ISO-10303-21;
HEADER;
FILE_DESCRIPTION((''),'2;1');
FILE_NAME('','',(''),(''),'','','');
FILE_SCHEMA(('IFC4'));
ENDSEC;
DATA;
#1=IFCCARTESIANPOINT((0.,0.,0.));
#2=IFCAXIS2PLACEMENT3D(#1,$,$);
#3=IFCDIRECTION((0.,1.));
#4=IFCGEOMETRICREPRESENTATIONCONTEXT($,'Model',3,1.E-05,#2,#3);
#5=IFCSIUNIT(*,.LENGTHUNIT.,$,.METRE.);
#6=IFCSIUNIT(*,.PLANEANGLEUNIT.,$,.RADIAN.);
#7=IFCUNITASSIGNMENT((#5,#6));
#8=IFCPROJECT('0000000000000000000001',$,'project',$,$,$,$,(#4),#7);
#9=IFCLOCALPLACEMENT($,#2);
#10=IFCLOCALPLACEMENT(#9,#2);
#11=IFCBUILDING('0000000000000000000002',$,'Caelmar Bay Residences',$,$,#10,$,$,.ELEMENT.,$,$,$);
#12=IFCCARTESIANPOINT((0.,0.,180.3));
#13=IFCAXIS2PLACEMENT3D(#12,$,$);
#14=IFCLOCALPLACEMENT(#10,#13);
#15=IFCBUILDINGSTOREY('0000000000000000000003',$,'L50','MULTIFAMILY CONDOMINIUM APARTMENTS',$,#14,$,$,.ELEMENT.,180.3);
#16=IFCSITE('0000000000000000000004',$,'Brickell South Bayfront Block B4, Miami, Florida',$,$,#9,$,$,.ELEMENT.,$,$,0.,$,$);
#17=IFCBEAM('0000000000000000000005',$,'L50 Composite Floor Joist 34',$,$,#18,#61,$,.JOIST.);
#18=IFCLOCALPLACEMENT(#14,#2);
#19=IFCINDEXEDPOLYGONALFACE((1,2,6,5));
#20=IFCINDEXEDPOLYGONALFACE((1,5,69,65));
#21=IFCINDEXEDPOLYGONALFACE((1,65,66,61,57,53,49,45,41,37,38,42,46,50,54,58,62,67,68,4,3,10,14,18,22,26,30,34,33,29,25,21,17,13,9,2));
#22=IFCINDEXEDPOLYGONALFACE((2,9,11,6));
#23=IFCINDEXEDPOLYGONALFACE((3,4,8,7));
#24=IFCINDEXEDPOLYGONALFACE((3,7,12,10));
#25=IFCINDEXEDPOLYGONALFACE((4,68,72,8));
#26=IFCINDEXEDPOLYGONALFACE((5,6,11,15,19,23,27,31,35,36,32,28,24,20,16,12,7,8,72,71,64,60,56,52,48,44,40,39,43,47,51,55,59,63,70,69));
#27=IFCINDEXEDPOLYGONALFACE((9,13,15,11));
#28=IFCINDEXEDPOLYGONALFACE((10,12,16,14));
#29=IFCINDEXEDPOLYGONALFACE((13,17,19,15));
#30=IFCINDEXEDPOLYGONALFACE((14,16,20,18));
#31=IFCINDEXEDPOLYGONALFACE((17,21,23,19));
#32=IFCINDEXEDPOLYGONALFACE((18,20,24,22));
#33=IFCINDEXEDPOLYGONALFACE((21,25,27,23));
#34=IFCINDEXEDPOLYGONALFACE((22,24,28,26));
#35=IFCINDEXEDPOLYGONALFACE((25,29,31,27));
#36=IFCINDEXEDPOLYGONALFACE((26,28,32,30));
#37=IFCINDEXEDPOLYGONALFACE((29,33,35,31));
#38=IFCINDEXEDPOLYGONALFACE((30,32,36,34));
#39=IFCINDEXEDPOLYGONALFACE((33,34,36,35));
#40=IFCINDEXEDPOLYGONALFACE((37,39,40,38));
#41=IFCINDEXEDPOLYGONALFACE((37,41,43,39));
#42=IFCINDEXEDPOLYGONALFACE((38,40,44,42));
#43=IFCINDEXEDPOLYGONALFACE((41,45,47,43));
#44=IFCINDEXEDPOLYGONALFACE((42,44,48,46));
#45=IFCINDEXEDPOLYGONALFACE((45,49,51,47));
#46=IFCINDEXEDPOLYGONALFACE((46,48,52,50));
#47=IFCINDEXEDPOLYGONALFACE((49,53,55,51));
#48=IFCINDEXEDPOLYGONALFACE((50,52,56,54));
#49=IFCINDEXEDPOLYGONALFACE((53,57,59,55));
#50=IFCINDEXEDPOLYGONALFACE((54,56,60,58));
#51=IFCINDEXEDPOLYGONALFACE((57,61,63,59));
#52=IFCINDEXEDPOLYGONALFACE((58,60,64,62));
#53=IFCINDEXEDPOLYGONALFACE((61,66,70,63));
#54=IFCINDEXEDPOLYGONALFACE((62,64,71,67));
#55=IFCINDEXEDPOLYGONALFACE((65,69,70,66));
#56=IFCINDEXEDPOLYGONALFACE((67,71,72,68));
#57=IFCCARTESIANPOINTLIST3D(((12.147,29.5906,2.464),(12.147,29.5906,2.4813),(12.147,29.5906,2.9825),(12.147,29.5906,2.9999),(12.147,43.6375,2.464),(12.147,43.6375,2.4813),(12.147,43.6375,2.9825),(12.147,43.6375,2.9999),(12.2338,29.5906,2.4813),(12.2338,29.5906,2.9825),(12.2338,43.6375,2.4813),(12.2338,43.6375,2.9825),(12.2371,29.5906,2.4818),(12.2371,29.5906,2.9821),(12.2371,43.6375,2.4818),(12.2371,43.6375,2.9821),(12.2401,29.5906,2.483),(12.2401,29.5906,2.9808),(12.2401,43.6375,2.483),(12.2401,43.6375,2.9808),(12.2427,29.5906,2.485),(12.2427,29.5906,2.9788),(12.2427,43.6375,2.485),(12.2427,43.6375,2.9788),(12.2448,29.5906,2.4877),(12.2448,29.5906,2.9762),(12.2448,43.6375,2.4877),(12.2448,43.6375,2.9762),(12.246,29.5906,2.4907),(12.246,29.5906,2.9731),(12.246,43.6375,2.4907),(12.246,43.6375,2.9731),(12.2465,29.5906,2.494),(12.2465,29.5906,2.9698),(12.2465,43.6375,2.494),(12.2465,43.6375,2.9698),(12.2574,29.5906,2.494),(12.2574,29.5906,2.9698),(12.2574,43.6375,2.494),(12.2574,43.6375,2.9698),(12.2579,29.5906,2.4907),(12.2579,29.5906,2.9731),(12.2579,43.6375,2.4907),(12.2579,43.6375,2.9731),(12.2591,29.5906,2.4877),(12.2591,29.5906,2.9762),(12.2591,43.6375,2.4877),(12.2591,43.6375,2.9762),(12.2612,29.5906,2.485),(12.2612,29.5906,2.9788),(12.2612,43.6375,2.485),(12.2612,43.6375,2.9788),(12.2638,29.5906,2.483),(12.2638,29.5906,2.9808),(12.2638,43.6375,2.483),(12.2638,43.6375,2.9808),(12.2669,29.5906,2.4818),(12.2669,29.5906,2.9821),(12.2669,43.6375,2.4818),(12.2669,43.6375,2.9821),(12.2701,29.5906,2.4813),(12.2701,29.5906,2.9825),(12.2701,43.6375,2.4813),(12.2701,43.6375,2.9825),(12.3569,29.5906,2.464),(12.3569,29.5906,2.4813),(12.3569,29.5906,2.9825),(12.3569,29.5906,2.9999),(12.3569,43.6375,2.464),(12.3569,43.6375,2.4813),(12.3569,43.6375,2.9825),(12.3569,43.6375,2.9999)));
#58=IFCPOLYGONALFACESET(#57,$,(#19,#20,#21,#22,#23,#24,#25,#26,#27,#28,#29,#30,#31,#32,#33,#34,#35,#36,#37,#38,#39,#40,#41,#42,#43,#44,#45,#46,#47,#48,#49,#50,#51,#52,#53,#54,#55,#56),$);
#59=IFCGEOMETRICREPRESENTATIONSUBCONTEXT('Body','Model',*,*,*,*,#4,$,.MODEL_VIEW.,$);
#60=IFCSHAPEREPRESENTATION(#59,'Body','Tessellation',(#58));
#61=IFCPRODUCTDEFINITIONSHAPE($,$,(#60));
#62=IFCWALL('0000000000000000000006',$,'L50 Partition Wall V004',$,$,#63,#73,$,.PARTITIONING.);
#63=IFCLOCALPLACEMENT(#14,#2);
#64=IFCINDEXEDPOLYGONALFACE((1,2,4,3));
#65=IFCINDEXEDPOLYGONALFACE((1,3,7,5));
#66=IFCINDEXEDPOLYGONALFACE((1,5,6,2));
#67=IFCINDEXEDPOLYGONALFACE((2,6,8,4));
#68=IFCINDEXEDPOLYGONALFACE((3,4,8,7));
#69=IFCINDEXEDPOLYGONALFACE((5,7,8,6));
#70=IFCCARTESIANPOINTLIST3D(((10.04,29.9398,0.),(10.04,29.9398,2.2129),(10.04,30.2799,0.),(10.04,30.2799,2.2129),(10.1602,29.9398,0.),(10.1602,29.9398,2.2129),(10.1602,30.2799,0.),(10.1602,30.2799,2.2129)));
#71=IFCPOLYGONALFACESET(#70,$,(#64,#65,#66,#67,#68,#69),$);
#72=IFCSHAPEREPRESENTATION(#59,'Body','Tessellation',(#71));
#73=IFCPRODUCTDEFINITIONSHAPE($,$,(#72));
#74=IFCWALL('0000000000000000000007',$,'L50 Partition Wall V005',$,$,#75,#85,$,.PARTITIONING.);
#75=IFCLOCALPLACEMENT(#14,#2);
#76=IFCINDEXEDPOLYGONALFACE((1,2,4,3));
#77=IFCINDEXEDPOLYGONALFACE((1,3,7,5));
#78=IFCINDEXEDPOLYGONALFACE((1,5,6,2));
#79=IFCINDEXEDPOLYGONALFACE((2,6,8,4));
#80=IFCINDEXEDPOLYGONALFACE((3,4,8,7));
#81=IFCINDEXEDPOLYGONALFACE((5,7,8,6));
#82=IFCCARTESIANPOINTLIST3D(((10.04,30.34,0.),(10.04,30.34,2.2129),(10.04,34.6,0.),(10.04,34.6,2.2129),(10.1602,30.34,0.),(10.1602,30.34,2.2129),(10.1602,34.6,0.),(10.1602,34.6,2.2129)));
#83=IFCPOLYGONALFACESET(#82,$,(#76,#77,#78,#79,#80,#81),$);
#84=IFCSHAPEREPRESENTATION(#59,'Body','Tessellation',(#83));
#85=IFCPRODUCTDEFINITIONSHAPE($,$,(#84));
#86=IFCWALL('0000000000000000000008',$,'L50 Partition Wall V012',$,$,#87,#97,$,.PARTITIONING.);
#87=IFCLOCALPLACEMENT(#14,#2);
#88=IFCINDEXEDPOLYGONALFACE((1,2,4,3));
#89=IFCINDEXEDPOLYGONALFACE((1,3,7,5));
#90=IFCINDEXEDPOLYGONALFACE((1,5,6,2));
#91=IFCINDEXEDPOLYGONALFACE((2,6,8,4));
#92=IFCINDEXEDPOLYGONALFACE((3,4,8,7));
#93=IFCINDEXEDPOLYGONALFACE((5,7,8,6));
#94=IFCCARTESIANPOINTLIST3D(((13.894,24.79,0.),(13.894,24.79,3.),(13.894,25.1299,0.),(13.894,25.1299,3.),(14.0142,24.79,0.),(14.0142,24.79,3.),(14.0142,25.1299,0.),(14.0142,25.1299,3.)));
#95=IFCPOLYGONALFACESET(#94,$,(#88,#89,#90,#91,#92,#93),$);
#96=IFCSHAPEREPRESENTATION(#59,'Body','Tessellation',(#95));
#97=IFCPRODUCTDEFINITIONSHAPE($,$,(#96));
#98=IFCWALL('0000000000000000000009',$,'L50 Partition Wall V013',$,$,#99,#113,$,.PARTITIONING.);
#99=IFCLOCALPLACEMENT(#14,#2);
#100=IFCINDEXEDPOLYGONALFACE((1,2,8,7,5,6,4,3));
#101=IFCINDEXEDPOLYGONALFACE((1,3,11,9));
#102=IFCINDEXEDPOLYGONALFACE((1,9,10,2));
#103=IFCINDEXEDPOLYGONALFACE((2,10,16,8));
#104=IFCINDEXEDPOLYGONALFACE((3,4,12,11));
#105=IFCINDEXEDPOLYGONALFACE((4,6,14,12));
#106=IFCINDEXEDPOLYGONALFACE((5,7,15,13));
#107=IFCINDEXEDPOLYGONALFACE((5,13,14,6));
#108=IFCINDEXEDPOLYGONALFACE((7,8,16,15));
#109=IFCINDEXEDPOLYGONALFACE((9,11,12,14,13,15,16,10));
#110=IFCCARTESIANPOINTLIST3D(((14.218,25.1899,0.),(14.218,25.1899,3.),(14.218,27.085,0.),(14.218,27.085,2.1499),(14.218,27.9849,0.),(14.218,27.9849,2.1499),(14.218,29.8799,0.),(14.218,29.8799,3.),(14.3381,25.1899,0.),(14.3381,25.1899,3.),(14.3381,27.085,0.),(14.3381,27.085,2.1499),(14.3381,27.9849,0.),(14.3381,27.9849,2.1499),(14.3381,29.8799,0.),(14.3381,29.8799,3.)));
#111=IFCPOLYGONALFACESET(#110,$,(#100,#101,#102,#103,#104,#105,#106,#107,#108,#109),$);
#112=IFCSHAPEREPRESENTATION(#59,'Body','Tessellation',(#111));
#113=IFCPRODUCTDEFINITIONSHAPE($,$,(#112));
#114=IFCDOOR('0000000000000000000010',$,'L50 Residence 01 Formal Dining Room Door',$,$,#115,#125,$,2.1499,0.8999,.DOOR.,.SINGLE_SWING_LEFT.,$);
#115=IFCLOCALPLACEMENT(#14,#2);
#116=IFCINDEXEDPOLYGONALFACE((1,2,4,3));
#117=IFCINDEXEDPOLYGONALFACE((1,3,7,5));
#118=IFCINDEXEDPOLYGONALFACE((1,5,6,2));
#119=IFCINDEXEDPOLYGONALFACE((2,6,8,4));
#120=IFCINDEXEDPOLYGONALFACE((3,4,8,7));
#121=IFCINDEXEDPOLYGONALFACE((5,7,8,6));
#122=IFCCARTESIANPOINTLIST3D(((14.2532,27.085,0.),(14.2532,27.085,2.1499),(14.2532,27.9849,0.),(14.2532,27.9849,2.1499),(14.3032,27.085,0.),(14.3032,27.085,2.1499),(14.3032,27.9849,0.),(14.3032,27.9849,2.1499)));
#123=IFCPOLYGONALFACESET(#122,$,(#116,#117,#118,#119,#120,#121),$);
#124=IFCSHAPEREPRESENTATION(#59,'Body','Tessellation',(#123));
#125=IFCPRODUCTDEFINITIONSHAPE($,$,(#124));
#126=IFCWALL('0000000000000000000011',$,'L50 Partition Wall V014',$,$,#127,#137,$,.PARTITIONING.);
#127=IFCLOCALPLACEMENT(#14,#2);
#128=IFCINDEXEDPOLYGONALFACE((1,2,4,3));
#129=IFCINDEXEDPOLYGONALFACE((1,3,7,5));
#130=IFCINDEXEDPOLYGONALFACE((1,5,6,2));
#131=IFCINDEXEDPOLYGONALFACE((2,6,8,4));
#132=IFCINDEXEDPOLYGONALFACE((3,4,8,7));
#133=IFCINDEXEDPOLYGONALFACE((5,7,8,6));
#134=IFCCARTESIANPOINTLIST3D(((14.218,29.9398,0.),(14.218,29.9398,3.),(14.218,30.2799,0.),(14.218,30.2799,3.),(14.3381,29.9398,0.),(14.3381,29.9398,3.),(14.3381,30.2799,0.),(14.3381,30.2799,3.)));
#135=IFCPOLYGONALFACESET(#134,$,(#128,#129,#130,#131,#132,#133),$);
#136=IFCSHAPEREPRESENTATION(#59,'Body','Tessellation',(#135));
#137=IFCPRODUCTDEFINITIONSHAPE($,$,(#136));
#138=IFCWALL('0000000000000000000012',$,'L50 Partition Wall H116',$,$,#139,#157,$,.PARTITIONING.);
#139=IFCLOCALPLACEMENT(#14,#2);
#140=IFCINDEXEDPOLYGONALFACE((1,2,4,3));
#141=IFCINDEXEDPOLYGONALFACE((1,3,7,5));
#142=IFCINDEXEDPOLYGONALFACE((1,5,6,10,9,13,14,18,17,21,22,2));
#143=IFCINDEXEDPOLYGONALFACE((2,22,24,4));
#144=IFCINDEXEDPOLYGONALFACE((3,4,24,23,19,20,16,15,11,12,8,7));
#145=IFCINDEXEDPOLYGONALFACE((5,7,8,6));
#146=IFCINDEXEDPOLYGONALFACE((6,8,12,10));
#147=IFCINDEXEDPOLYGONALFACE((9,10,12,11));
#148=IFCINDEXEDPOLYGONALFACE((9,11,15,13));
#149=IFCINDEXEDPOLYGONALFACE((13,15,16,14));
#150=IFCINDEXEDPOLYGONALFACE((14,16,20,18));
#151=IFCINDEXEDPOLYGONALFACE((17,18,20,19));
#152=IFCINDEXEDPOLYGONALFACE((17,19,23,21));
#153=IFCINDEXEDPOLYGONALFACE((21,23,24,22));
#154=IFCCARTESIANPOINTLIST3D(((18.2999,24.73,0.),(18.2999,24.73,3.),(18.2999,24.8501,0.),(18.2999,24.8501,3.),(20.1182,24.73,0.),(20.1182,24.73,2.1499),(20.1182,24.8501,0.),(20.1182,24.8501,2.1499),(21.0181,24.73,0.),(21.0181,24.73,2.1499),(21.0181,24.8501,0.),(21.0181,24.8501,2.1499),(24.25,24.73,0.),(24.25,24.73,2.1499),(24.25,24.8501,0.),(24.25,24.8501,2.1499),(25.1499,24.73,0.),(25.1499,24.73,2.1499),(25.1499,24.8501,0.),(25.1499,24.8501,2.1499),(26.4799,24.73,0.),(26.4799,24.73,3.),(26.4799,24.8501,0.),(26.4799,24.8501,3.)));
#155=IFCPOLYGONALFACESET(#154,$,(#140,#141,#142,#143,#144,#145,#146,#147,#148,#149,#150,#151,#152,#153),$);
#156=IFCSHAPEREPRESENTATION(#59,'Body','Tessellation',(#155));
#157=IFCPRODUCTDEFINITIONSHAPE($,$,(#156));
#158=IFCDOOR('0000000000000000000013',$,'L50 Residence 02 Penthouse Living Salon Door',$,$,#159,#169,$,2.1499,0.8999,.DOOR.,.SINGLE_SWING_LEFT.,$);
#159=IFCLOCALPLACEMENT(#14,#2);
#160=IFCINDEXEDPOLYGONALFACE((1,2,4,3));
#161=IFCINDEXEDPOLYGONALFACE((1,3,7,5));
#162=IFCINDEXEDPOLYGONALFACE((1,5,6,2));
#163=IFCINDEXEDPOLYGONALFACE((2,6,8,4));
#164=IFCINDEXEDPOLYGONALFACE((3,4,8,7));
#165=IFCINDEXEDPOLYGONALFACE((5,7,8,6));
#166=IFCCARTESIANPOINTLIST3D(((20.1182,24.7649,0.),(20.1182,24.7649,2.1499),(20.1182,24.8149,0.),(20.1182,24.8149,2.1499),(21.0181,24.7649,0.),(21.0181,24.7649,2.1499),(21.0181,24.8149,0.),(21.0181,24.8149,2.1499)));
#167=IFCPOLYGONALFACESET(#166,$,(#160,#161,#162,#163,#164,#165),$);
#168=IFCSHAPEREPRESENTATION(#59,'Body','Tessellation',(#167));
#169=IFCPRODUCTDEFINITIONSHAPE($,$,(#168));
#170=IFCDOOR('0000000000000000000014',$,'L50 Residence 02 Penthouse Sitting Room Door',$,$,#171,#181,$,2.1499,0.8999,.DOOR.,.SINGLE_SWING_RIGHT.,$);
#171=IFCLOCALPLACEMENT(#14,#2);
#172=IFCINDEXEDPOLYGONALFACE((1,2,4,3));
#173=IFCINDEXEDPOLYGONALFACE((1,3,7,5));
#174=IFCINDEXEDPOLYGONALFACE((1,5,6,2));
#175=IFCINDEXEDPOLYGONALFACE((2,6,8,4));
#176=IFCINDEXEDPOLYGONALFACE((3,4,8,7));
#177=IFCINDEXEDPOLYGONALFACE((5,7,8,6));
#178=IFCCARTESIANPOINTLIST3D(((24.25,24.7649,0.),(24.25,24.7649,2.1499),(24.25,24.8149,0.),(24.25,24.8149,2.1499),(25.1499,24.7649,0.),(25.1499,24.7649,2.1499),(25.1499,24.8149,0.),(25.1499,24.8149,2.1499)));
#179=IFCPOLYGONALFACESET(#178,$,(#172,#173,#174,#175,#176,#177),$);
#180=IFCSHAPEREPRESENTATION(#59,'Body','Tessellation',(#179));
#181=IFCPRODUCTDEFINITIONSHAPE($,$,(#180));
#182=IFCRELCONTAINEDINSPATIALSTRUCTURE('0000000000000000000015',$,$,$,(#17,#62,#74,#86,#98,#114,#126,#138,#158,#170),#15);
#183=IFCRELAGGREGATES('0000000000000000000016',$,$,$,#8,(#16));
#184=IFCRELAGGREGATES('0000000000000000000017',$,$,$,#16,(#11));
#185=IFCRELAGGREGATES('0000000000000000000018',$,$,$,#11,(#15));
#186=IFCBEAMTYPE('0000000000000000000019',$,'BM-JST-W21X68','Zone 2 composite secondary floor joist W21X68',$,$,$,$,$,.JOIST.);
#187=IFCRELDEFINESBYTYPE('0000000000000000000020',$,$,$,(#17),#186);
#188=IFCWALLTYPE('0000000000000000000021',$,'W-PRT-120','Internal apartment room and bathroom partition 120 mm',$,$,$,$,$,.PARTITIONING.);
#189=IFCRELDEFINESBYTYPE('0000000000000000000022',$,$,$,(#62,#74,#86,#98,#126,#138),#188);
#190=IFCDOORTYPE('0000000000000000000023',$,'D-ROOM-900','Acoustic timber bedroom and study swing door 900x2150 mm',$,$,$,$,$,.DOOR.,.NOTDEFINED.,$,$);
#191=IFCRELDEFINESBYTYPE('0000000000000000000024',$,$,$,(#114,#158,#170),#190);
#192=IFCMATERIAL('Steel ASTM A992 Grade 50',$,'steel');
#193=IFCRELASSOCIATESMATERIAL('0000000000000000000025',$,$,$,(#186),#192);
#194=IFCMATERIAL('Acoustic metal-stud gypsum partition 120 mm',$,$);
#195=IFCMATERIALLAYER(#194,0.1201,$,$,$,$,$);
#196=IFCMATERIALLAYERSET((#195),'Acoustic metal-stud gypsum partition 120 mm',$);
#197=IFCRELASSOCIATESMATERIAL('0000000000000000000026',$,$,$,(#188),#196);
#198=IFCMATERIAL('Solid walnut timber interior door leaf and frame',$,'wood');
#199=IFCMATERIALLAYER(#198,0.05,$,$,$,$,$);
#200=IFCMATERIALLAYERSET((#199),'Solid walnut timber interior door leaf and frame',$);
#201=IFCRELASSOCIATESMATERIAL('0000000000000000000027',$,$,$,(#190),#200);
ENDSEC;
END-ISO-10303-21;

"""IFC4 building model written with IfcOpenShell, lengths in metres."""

from ifc_helpers import new_model, si_unit, direction, frame, frame_2d, origin, origin_2d, place, context, subcontext, project, spatial, rectangle, i_section, extrude, material, layer, layer_set, material_profile, profile_set, type_object, element, fill, save


model = new_model("IFC4")

# Units and contexts
model_context = context("Model", 3, precision=1e-05, world=origin(), true_north=direction((0.0, 1.0)))
body_context = subcontext(model_context, "Body", "Model", "MODEL_VIEW")
ifc_project = project(units=[si_unit("LENGTHUNIT", "METRE"), si_unit("PLANEANGLEUNIT", "RADIAN")], contexts=[model_context])

# Site, building, storey
site_placement = place(None, origin())
site = spatial("IfcSite", under=ifc_project, at=site_placement, Name="Brickell South Bayfront Block B4, Miami, Florida", CompositionType="ELEMENT", RefElevation=0.0)
building_placement = place(site_placement, origin())
building = spatial("IfcBuilding", under=site, at=building_placement, Name="Caelmar Bay Residences", CompositionType="ELEMENT")
storey_placement = place(building_placement, frame((0.0, 0.0, 180.3)))
storey = spatial("IfcBuildingStorey", under=building, at=storey_placement, Name="L50", Description="MULTIFAMILY CONDOMINIUM APARTMENTS", CompositionType="ELEMENT", Elevation=180.3)

# Beam
ifc_material_1 = material(Name="Steel ASTM A992 Grade 50", Category="steel")
ifc_material_profile_1 = material_profile(ifc_material_1, i_section(OverallWidth=0.21, OverallDepth=0.5359, WebThickness=0.011, FlangeThickness=0.0173, FilletRadius=0.0127, at=origin_2d()), Name="W21X68")
ifc_profile_set_1 = profile_set([ifc_material_profile_1], Name="Steel ASTM A992 Grade 50")
beam_type_1 = type_object("IfcBeamType", Name="BM-JST-W21X68", Description="Zone 2 composite secondary floor joist W21X68", PredefinedType="JOIST", material=ifc_profile_set_1)
beam_1_placement = place(storey_placement, frame((12.252, 29.5906, 2.7319), z_axis=(0.0, 1.0, 0.0), x_axis=(-1.0, 0.0, 0.0)))
element("IfcBeam", 1, at=beam_1_placement, inside=storey, type_object=beam_type_1, Name="L50 Composite Floor Joist 34", PredefinedType="JOIST", context=body_context, shape_type="SweptSolid", body=[
    extrude(i_section(OverallWidth=0.21, OverallDepth=0.5359, WebThickness=0.011, FlangeThickness=0.0173, FilletRadius=0.0127, at=origin_2d()), origin(), (0.0, 0.0, 1.0), 14.0469),
])

# Walls
ifc_material_2 = material(Name="Acoustic metal-stud gypsum partition 120 mm")
ifc_layer_1 = layer(ifc_material_2, 0.1201)
ifc_layer_set_1 = layer_set([ifc_layer_1], Name="Acoustic metal-stud gypsum partition 120 mm")
wall_type_1 = type_object("IfcWallType", Name="W-PRT-120", Description="Internal apartment room and bathroom partition 120 mm", PredefinedType="PARTITIONING", material=ifc_layer_set_1)
wall_1_placement = place(storey_placement, frame((10.1001, 29.9399, 0.0), z_axis=(0.0, 0.0, 1.0), x_axis=(0.0, 1.0, 0.0)))
element("IfcWall", 2, at=wall_1_placement, inside=storey, type_object=wall_type_1, Name="L50 Partition Wall V004", PredefinedType="PARTITIONING", context=body_context, shape_type="SweptSolid", body=[
    extrude(rectangle(XDim=0.3401, YDim=0.1201, at=frame_2d((0.1699, 0.0))), origin(), (0.0, 0.0, 1.0), 2.2129),
])
wall_2_placement = place(storey_placement, frame((10.1001, 30.3401, 0.0), z_axis=(0.0, 0.0, 1.0), x_axis=(0.0, 1.0, 0.0)))
element("IfcWall", 3, at=wall_2_placement, inside=storey, type_object=wall_type_1, Name="L50 Partition Wall V005", PredefinedType="PARTITIONING", context=body_context, shape_type="SweptSolid", body=[
    extrude(rectangle(XDim=4.26, YDim=0.1201, at=frame_2d((2.1299, 0.0))), origin(), (0.0, 0.0, 1.0), 2.2129),
])
wall_3_placement = place(storey_placement, frame((13.9541, 24.79, 0.0), z_axis=(0.0, 0.0, 1.0), x_axis=(0.0, 1.0, 0.0)))
element("IfcWall", 4, at=wall_3_placement, inside=storey, type_object=wall_type_1, Name="L50 Partition Wall V012", PredefinedType="PARTITIONING", context=body_context, shape_type="SweptSolid", body=[
    extrude(rectangle(XDim=0.3398, YDim=0.1201, at=frame_2d((0.1699, 0.0))), origin(), (0.0, 0.0, 1.0), 3.0),
])

# Wall, opening, door
wall_4_placement = place(storey_placement, frame((14.2781, 25.1899, 0.0), z_axis=(0.0, 0.0, 1.0), x_axis=(0.0, 1.0, 0.0)))
wall_4 = element("IfcWall", 5, at=wall_4_placement, inside=storey, type_object=wall_type_1, Name="L50 Partition Wall V013", PredefinedType="PARTITIONING", context=body_context, shape_type="SweptSolid", body=[
    extrude(rectangle(XDim=4.6899, YDim=0.1201, at=frame_2d((2.345, 0.0))), origin(), (0.0, 0.0, 1.0), 3.0),
])
opening_1_placement = place(wall_4_placement, frame((1.895, 0.0, 0.0)))
opening_1 = element("IfcOpeningElement", 6, at=opening_1_placement, cuts=wall_4, PredefinedType="OPENING", context=body_context, shape_type="SweptSolid", body=[
    extrude(rectangle(XDim=0.8999, YDim=2.1499, at=frame_2d((0.45, 1.075))), frame((0.0, 0.0701, 0.0), z_axis=(0.0, -1.0, 0.0), x_axis=(1.0, 0.0, 0.0)), (0.0, 0.0, 1.0), 0.1401),
])
ifc_material_3 = material(Name="Solid walnut timber interior door leaf and frame", Category="wood")
ifc_layer_2 = layer(ifc_material_3, 0.05)
ifc_layer_set_2 = layer_set([ifc_layer_2], Name="Solid walnut timber interior door leaf and frame")
door_type = type_object("IfcDoorType", Name="D-ROOM-900", Description="Acoustic timber bedroom and study swing door 900x2150 mm", OperationType="NOTDEFINED", PredefinedType="DOOR", material=ifc_layer_set_2)
door_1_placement = place(opening_1_placement, origin())
door_1 = element("IfcDoor", 7, at=door_1_placement, inside=storey, type_object=door_type, Name="L50 Residence 01 Formal Dining Room Door", OperationType="SINGLE_SWING_LEFT", OverallHeight=2.1499, OverallWidth=0.8999, PredefinedType="DOOR", context=body_context, shape_type="SweptSolid", body=[
    extrude(rectangle(XDim=0.8999, YDim=2.1499, at=frame_2d((0.45, 1.075))), frame((0.0, 0.0249, 0.0), z_axis=(0.0, -1.0, 0.0), x_axis=(1.0, 0.0, 0.0)), (0.0, 0.0, 1.0), 0.05),
])
fill(opening_1, door_1)

# Wall
wall_5_placement = place(storey_placement, frame((14.2781, 29.9399, 0.0), z_axis=(0.0, 0.0, 1.0), x_axis=(0.0, 1.0, 0.0)))
element("IfcWall", 8, at=wall_5_placement, inside=storey, type_object=wall_type_1, Name="L50 Partition Wall V014", PredefinedType="PARTITIONING", context=body_context, shape_type="SweptSolid", body=[
    extrude(rectangle(XDim=0.3401, YDim=0.1201, at=frame_2d((0.1699, 0.0))), origin(), (0.0, 0.0, 1.0), 3.0),
])

# Wall, openings, doors
wall_6_placement = place(storey_placement, frame((18.3, 24.79, 0.0), z_axis=(0.0, 0.0, 1.0), x_axis=(1.0, 0.0, 0.0)))
wall_6 = element("IfcWall", 9, at=wall_6_placement, inside=storey, type_object=wall_type_1, Name="L50 Partition Wall H116", PredefinedType="PARTITIONING", context=body_context, shape_type="SweptSolid", body=[
    extrude(rectangle(XDim=8.1799, YDim=0.1201, at=frame_2d((4.0898, 0.0))), origin(), (0.0, 0.0, 1.0), 3.0),
])
opening_2_placement = place(wall_6_placement, frame((1.8181, 0.0, 0.0)))
opening_2 = element("IfcOpeningElement", 10, at=opening_2_placement, cuts=wall_6, PredefinedType="OPENING", context=body_context, shape_type="SweptSolid", body=[
    extrude(rectangle(XDim=0.8999, YDim=2.1499, at=frame_2d((0.45, 1.075))), frame((0.0, 0.0701, 0.0), z_axis=(0.0, -1.0, 0.0), x_axis=(1.0, 0.0, 0.0)), (0.0, 0.0, 1.0), 0.1401),
])
opening_3_placement = place(wall_6_placement, frame((5.95, 0.0, 0.0)))
opening_3 = element("IfcOpeningElement", 11, at=opening_3_placement, cuts=wall_6, PredefinedType="OPENING", context=body_context, shape_type="SweptSolid", body=[
    extrude(rectangle(XDim=0.8999, YDim=2.1499, at=frame_2d((0.45, 1.075))), frame((0.0, 0.0701, 0.0), z_axis=(0.0, -1.0, 0.0), x_axis=(1.0, 0.0, 0.0)), (0.0, 0.0, 1.0), 0.1401),
])
door_2_placement = place(opening_2_placement, origin())
door_2 = element("IfcDoor", 12, at=door_2_placement, inside=storey, type_object=door_type, Name="L50 Residence 02 Penthouse Living Salon Door", OperationType="SINGLE_SWING_LEFT", OverallHeight=2.1499, OverallWidth=0.8999, PredefinedType="DOOR", context=body_context, shape_type="SweptSolid", body=[
    extrude(rectangle(XDim=0.8999, YDim=2.1499, at=frame_2d((0.45, 1.075))), frame((0.0, 0.0249, 0.0), z_axis=(0.0, -1.0, 0.0), x_axis=(1.0, 0.0, 0.0)), (0.0, 0.0, 1.0), 0.05),
])
fill(opening_2, door_2)
door_3_placement = place(opening_3_placement, origin())
door_3 = element("IfcDoor", 13, at=door_3_placement, inside=storey, type_object=door_type, Name="L50 Residence 02 Penthouse Sitting Room Door", OperationType="SINGLE_SWING_RIGHT", OverallHeight=2.1499, OverallWidth=0.8999, PredefinedType="DOOR", context=body_context, shape_type="SweptSolid", body=[
    extrude(rectangle(XDim=0.8999, YDim=2.1499, at=frame_2d((0.45, 1.075))), frame((0.0, 0.0249, 0.0), z_axis=(0.0, -1.0, 0.0), x_axis=(1.0, 0.0, 0.0)), (0.0, 0.0, 1.0), 0.05),
])
fill(opening_3, door_3)

save(model, "model.ifc")
